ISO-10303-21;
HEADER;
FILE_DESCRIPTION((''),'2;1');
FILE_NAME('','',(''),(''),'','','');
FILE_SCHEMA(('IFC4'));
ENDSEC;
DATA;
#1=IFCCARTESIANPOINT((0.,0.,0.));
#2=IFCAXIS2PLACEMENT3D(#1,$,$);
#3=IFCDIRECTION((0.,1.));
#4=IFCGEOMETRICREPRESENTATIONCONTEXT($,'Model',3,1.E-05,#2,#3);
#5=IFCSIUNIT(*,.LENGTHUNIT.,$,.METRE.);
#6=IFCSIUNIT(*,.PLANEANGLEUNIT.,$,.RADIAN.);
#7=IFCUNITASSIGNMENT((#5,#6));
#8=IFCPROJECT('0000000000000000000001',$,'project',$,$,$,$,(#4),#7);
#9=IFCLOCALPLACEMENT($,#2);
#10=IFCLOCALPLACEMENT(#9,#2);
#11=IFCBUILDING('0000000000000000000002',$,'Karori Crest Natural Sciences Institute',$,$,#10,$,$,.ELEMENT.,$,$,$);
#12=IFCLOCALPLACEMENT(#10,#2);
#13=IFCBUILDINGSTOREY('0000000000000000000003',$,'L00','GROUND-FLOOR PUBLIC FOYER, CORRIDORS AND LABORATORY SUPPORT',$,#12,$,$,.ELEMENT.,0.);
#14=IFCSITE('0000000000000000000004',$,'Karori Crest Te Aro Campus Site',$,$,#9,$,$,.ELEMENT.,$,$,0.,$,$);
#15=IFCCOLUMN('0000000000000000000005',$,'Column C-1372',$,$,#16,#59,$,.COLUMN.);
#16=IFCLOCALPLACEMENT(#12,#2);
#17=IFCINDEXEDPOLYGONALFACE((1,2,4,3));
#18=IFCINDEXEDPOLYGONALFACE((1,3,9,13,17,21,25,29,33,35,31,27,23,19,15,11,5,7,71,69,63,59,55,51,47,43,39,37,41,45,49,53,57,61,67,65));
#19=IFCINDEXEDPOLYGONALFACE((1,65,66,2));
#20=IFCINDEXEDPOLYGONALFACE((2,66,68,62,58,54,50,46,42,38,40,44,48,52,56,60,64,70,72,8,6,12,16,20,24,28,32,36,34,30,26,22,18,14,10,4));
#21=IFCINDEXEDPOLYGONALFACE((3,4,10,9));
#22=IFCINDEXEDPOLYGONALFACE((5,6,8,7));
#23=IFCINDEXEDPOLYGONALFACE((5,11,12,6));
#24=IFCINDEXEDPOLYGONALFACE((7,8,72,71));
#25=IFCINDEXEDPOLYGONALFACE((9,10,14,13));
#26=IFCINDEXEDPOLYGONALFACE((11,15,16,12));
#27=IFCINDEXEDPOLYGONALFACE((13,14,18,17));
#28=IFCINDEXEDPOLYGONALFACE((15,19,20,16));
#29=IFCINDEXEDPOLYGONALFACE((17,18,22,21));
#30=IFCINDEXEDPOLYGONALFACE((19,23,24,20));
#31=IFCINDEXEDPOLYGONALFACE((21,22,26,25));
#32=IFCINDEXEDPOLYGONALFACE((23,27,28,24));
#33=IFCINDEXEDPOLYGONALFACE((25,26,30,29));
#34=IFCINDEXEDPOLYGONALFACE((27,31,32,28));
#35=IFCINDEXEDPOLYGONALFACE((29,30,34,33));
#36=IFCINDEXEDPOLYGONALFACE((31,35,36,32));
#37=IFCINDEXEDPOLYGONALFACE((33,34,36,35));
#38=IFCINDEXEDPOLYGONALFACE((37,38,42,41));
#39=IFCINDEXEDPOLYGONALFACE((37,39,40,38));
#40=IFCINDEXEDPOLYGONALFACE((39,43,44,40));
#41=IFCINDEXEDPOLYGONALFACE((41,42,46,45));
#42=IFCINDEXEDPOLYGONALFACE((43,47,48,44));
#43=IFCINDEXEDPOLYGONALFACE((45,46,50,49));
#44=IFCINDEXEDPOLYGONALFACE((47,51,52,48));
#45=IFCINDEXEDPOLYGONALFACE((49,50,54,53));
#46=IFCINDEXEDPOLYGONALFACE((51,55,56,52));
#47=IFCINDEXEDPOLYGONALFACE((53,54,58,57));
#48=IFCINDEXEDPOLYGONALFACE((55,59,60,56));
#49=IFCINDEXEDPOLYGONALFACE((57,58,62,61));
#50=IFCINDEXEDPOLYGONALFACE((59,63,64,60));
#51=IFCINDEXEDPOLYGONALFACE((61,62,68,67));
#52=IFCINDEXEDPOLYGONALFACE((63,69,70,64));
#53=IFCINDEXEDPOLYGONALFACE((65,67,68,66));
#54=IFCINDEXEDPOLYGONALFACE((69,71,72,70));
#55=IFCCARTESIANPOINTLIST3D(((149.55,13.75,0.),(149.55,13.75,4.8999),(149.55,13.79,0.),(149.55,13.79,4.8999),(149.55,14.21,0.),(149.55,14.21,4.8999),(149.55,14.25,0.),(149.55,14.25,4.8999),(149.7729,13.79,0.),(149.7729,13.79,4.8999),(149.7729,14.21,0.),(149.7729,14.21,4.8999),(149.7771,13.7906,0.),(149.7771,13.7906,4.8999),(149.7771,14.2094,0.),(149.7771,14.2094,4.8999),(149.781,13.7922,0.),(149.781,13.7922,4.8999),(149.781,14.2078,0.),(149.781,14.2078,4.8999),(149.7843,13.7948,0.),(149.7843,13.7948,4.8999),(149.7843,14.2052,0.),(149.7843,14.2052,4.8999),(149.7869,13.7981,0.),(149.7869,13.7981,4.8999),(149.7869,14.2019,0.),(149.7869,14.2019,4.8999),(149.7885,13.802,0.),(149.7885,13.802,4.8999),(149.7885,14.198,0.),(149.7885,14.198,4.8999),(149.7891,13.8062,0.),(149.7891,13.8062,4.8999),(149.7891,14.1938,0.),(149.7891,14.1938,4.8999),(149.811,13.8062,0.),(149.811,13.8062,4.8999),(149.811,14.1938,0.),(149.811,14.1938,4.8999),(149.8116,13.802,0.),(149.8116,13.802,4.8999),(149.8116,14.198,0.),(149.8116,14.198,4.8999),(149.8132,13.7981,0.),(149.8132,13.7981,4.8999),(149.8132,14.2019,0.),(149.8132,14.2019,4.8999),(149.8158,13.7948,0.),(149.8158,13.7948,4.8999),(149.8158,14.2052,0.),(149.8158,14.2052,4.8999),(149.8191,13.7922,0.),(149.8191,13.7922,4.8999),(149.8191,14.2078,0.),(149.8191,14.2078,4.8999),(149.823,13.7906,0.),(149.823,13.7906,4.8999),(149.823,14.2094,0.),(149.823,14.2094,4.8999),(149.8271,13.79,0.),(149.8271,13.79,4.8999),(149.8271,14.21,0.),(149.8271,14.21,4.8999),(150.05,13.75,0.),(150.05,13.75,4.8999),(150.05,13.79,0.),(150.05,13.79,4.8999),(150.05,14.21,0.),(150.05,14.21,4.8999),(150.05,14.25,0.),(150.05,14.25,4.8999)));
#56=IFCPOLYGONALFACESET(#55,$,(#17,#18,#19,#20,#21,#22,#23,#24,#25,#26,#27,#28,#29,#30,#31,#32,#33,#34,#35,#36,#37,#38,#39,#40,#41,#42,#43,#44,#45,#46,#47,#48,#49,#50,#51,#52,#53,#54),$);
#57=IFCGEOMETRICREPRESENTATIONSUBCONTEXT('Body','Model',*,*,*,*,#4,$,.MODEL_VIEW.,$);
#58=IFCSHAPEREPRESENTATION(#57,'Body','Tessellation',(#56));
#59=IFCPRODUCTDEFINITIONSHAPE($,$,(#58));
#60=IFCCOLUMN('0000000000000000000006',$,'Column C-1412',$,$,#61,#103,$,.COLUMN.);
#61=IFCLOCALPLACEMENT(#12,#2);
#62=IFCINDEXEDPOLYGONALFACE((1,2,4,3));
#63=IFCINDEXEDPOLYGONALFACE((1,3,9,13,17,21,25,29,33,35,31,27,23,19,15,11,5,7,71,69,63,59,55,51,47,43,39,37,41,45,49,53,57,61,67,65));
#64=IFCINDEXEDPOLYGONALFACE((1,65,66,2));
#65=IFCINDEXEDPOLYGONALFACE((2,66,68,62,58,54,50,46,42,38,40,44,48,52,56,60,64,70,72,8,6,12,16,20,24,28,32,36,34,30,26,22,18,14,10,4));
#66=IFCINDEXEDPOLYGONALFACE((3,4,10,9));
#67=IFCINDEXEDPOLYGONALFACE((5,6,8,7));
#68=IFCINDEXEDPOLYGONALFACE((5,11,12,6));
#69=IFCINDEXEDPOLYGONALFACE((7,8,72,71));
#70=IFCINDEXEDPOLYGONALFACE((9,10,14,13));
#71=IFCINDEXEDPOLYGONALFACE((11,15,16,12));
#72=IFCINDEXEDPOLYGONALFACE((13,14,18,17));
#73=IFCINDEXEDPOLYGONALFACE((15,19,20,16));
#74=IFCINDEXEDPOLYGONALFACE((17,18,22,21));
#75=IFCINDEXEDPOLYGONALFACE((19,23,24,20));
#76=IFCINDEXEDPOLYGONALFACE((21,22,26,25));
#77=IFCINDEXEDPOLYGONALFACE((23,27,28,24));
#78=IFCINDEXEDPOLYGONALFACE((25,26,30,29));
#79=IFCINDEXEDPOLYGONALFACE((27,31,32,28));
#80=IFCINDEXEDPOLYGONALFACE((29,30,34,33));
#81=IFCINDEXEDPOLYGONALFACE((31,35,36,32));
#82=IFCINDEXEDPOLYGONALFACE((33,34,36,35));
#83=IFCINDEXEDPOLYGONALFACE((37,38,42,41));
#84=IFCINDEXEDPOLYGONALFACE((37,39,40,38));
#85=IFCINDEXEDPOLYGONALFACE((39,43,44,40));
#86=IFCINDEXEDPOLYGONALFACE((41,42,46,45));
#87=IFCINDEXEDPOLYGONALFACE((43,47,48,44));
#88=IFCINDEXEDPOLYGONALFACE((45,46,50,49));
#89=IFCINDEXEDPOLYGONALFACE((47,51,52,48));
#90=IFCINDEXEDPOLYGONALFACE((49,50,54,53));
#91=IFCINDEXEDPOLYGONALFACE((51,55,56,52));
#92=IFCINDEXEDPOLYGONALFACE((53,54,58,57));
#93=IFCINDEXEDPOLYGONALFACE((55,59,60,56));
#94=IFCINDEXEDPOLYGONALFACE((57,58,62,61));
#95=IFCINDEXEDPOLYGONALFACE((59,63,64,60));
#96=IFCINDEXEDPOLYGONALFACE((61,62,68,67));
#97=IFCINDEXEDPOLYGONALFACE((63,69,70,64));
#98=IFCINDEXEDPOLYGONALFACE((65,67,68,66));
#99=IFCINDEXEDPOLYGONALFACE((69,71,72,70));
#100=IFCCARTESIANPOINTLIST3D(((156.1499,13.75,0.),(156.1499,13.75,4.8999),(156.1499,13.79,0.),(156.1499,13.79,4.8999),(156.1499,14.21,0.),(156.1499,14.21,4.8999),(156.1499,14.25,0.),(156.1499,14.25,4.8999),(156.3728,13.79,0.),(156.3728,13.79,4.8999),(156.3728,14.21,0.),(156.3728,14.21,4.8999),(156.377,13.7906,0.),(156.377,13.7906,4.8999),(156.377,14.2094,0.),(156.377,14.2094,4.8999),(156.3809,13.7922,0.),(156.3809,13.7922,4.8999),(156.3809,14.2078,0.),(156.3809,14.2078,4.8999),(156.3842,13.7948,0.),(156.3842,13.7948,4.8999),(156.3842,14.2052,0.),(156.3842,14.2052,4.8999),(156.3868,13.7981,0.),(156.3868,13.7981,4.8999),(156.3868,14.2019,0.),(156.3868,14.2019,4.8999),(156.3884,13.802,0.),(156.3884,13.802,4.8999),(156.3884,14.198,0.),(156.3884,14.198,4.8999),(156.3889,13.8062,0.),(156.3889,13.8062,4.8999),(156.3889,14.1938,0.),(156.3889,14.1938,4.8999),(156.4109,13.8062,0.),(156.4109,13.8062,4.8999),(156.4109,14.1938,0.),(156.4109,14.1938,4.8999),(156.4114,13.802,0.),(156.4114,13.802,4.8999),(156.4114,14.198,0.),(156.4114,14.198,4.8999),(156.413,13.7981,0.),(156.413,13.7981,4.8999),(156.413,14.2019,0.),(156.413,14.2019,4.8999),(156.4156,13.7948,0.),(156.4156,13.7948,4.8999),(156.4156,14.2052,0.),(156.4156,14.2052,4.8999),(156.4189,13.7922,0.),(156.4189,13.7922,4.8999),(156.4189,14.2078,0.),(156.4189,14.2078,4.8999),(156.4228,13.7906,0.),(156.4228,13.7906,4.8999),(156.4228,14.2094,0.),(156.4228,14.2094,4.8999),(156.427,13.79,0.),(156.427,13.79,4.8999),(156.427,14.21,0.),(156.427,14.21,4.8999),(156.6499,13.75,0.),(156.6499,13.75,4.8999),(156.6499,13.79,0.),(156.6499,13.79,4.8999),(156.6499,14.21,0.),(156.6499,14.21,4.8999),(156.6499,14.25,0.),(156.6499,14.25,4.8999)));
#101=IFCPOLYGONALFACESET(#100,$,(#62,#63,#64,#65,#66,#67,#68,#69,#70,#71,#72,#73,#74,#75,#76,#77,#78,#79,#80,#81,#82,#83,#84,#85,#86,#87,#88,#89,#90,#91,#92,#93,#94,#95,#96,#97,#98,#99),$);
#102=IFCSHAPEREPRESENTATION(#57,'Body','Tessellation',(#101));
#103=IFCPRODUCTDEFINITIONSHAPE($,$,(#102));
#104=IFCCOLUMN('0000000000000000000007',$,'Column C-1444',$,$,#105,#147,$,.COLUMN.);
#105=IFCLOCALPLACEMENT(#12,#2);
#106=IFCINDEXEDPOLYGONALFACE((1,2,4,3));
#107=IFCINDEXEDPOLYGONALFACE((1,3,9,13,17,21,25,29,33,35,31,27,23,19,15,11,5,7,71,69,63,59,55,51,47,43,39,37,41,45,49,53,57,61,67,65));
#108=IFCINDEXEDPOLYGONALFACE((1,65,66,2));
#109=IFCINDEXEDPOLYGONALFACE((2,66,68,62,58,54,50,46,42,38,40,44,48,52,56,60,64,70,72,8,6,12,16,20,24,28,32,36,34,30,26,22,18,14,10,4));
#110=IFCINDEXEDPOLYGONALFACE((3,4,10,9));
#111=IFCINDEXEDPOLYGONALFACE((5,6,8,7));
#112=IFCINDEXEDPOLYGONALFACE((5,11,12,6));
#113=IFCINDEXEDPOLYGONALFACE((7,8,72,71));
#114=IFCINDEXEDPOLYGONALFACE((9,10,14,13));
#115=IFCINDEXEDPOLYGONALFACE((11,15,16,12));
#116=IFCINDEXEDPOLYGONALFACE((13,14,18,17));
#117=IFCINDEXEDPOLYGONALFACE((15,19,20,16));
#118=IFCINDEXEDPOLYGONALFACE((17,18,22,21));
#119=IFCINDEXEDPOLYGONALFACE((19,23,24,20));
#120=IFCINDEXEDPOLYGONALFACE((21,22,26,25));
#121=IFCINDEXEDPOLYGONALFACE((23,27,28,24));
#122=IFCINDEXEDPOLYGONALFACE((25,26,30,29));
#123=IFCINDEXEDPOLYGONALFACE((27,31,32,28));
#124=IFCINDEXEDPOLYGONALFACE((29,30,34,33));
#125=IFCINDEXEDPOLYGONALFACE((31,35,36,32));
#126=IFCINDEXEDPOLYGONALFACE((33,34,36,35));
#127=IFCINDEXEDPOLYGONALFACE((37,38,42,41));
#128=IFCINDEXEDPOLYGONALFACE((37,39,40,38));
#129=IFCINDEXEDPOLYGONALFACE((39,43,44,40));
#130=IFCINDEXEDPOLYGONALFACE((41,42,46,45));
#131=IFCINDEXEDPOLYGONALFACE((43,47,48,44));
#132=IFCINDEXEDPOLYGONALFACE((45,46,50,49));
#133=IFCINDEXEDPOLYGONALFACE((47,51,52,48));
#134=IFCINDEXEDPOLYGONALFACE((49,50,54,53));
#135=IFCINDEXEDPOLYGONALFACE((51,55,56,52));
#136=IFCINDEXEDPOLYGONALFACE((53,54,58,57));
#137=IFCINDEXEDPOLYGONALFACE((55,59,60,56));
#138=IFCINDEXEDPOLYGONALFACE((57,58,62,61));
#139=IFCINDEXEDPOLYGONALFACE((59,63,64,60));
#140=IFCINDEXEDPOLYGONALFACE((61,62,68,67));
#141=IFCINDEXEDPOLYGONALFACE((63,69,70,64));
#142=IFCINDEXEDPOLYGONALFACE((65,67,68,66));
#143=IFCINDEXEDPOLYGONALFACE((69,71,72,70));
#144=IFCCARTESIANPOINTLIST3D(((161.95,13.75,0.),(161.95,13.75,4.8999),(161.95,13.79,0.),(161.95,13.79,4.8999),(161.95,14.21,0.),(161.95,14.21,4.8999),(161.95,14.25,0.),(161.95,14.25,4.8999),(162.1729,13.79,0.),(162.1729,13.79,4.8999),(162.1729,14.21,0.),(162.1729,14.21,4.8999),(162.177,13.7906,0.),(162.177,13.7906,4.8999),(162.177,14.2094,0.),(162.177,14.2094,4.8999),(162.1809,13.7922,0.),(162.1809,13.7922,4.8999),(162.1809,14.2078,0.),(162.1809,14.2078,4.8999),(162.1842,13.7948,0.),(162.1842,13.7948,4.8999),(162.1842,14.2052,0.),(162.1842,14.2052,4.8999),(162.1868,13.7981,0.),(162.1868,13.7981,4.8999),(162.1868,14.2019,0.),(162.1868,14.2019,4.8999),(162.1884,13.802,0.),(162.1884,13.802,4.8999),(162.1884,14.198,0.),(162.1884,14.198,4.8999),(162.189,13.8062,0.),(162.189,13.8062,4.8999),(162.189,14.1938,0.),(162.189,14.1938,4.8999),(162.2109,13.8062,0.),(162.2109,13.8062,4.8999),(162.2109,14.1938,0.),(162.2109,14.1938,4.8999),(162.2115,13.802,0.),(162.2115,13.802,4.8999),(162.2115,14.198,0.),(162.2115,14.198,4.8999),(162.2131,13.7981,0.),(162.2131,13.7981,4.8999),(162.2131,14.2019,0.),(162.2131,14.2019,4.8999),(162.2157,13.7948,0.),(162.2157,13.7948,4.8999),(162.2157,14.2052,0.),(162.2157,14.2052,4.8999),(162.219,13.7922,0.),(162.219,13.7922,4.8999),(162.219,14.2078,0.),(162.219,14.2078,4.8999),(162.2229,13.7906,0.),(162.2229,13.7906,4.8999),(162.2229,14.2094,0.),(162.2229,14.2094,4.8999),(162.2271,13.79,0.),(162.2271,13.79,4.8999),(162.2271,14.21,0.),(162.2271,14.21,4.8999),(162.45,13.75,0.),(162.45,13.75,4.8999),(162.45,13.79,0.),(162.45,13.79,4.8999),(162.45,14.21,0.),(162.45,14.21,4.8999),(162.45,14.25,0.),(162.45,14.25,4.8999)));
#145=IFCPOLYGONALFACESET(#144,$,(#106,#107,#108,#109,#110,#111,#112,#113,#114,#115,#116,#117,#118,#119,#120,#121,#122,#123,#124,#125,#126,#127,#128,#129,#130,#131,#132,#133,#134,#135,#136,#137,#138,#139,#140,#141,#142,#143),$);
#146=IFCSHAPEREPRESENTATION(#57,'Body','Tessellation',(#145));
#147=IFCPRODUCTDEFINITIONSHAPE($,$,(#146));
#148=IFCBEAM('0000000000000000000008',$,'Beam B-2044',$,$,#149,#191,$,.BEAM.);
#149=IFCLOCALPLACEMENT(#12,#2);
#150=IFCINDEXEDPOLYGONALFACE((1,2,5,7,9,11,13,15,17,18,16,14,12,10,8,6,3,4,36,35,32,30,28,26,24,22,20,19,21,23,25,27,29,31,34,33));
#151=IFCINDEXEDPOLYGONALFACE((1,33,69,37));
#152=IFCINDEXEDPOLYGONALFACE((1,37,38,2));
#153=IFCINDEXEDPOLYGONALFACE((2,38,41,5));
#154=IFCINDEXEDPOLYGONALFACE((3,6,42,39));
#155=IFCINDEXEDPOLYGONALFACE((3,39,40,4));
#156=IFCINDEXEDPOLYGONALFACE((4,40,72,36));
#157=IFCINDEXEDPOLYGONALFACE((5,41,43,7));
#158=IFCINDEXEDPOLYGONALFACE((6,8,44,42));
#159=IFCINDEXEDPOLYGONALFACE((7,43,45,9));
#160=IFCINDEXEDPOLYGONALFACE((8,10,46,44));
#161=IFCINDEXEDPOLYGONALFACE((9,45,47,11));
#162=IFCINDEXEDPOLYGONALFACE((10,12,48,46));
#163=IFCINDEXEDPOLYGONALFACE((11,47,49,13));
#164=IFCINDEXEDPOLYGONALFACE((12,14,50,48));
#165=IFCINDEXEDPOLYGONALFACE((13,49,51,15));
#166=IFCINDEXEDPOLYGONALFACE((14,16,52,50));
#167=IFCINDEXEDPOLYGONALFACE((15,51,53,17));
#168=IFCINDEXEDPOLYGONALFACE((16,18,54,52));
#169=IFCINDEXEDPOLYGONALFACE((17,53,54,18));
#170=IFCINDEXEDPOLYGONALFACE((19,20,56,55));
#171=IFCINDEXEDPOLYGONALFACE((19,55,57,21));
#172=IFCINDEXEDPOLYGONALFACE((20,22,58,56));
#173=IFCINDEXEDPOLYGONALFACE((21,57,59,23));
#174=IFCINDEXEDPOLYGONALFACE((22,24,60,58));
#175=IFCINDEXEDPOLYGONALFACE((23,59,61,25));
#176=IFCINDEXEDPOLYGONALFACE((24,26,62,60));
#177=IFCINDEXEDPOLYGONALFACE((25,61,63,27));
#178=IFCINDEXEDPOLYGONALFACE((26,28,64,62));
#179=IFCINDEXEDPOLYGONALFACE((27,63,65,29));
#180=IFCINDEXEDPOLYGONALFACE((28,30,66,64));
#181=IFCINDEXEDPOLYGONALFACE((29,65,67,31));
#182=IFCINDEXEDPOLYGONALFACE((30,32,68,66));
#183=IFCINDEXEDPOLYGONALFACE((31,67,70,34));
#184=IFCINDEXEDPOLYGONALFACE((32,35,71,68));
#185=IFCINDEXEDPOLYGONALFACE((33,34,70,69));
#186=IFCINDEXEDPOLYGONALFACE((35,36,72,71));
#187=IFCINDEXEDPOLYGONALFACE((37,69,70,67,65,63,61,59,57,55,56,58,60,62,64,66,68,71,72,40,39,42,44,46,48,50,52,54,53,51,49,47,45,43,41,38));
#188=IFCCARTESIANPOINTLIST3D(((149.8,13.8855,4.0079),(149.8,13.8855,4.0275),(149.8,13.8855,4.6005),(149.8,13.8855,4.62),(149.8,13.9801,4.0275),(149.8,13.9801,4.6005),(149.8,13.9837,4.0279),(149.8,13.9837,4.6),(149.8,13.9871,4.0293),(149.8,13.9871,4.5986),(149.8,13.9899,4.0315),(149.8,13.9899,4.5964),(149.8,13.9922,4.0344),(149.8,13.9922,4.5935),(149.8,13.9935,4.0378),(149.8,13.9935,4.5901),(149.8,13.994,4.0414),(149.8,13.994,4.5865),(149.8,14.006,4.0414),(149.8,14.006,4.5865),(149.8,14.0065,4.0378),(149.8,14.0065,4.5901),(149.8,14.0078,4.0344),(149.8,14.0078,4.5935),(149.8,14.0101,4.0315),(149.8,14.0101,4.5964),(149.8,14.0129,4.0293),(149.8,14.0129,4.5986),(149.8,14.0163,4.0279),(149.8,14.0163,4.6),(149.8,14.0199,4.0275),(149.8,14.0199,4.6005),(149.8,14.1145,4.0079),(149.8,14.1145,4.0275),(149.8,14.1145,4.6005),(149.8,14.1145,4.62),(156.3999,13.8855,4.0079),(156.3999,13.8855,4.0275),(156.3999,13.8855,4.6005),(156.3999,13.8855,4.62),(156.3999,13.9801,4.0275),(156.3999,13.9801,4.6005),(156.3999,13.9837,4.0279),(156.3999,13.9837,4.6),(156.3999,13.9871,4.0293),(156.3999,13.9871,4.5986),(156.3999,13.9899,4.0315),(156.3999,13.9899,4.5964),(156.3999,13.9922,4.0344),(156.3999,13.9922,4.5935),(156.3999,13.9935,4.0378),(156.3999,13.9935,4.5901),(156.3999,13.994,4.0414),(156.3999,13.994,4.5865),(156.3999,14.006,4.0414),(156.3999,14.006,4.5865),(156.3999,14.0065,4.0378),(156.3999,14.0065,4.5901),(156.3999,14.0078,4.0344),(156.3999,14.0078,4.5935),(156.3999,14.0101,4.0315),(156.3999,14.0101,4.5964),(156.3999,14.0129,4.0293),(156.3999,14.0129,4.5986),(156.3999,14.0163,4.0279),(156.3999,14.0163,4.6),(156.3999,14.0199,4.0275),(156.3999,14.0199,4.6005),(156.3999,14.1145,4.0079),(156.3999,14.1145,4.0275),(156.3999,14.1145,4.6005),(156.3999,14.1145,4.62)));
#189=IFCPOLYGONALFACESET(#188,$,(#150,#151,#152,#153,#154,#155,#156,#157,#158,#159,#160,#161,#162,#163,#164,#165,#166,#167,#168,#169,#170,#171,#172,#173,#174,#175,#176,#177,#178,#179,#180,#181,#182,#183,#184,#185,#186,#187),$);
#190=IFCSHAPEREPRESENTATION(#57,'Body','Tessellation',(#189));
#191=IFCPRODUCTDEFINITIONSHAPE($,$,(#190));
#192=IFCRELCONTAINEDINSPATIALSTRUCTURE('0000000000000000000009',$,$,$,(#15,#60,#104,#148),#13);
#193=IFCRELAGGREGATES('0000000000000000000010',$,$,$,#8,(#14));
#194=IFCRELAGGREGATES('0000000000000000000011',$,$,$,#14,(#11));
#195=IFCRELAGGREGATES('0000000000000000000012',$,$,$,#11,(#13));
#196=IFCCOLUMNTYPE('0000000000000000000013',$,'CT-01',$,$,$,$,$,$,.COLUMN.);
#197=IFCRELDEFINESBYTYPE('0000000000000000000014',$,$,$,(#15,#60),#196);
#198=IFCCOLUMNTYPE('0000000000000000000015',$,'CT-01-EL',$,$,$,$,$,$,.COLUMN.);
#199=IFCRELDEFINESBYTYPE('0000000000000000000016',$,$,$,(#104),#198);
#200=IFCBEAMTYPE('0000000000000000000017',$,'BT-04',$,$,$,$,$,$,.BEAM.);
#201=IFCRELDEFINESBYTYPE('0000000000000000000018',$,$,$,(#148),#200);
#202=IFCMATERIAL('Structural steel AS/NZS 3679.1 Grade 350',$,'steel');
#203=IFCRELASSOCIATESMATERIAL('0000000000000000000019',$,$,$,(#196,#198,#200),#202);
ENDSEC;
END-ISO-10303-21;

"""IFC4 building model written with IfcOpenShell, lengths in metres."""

from ifc_helpers import new_model, si_unit, direction, frame, origin, origin_2d, place, context, subcontext, project, spatial, i_section, extrude, material, material_profile, profile_set, type_object, element, save


model = new_model("IFC4")

# Units and contexts
model_context = context("Model", 3, precision=1e-05, world=origin(), true_north=direction((0.0, 1.0)))
body_context = subcontext(model_context, "Body", "Model", "MODEL_VIEW")
ifc_project = project(units=[si_unit("LENGTHUNIT", "METRE"), si_unit("PLANEANGLEUNIT", "RADIAN")], contexts=[model_context])

# Site, building, storey
site_placement = place(None, origin())
site = spatial("IfcSite", under=ifc_project, at=site_placement, Name="Karori Crest Te Aro Campus Site", CompositionType="ELEMENT", RefElevation=0.0)
building_placement = place(site_placement, origin())
building = spatial("IfcBuilding", under=site, at=building_placement, Name="Karori Crest Natural Sciences Institute", CompositionType="ELEMENT")
storey_placement = place(building_placement, origin())
storey = spatial("IfcBuildingStorey", under=building, at=storey_placement, Name="L00", Description="GROUND-FLOOR PUBLIC FOYER, CORRIDORS AND LABORATORY SUPPORT", CompositionType="ELEMENT", Elevation=0.0)

# Columns
ifc_material_1 = material(Name="Structural steel AS/NZS 3679.1 Grade 350", Category="steel")
ifc_material_profile_1 = material_profile(ifc_material_1, i_section(OverallWidth=0.5, OverallDepth=0.5, WebThickness=0.022, FlangeThickness=0.04, FilletRadius=0.0161, at=origin_2d()), Name="500WC440")
ifc_profile_set_1 = profile_set([ifc_material_profile_1], Name="Structural steel AS/NZS 3679.1 Grade 350")
column_type_1 = type_object("IfcColumnType", Name="CT-01", PredefinedType="COLUMN", material=ifc_profile_set_1)
for number, where, z_axis, x_axis, name in (
    (1, (149.8, 14.0, 0.0), (0.0, 0.0, 1.0), (1.0, 0.0, 0.0), "Column C-1372"),
    (2, (156.3999, 14.0, 0.0), (0.0, 0.0, 1.0), (1.0, 0.0, 0.0), "Column C-1412"),
):
    element("IfcColumn", number, at=place(storey_placement, frame(where, z_axis=z_axis, x_axis=x_axis)), inside=storey, type_object=column_type_1, Name=name, PredefinedType="COLUMN", context=body_context, shape_type="SweptSolid", body=[
        extrude(i_section(OverallWidth=0.5, OverallDepth=0.5, WebThickness=0.022, FlangeThickness=0.04, FilletRadius=0.0161, at=origin_2d()), origin(), (0.0, 0.0, 1.0), 4.8999),
    ])
ifc_material_profile_2 = material_profile(ifc_material_1, i_section(OverallWidth=0.5, OverallDepth=0.5, WebThickness=0.022, FlangeThickness=0.04, FilletRadius=0.0161, at=origin_2d()), Name="500WC440")
ifc_profile_set_2 = profile_set([ifc_material_profile_2], Name="Structural steel AS/NZS 3679.1 Grade 350")
column_type_2 = type_object("IfcColumnType", Name="CT-01-EL", PredefinedType="COLUMN", material=ifc_profile_set_2)
column_placement = place(storey_placement, frame((162.2, 14.0, 0.0), z_axis=(0.0, 0.0, 1.0), x_axis=(1.0, 0.0, 0.0)))
element("IfcColumn", 3, at=column_placement, inside=storey, type_object=column_type_2, Name="Column C-1444", PredefinedType="COLUMN", context=body_context, shape_type="SweptSolid", body=[
    extrude(i_section(OverallWidth=0.5, OverallDepth=0.5, WebThickness=0.022, FlangeThickness=0.04, FilletRadius=0.0161, at=origin_2d()), origin(), (0.0, 0.0, 1.0), 4.8999),
])

# Beam
ifc_material_profile_3 = material_profile(ifc_material_1, i_section(OverallWidth=0.229, OverallDepth=0.6121, WebThickness=0.012, FlangeThickness=0.0195, FilletRadius=0.0139, at=origin_2d()), Name="610UB125")
ifc_profile_set_3 = profile_set([ifc_material_profile_3], Name="Structural steel AS/NZS 3679.1 Grade 350")
beam_type_1 = type_object("IfcBeamType", Name="BT-04", PredefinedType="BEAM", material=ifc_profile_set_3)
beam_1_placement = place(storey_placement, frame((149.8, 14.0, 4.314), z_axis=(1.0, 0.0, 0.0), x_axis=(0.0, 1.0, 0.0)))
element("IfcBeam", 4, at=beam_1_placement, inside=storey, type_object=beam_type_1, Name="Beam B-2044", PredefinedType="BEAM", context=body_context, shape_type="SweptSolid", body=[
    extrude(i_section(OverallWidth=0.229, OverallDepth=0.6121, WebThickness=0.012, FlangeThickness=0.0195, FilletRadius=0.0139, at=origin_2d()), origin(), (0.0, 0.0, 1.0), 6.5999),
])

save(model, "model.ifc")
